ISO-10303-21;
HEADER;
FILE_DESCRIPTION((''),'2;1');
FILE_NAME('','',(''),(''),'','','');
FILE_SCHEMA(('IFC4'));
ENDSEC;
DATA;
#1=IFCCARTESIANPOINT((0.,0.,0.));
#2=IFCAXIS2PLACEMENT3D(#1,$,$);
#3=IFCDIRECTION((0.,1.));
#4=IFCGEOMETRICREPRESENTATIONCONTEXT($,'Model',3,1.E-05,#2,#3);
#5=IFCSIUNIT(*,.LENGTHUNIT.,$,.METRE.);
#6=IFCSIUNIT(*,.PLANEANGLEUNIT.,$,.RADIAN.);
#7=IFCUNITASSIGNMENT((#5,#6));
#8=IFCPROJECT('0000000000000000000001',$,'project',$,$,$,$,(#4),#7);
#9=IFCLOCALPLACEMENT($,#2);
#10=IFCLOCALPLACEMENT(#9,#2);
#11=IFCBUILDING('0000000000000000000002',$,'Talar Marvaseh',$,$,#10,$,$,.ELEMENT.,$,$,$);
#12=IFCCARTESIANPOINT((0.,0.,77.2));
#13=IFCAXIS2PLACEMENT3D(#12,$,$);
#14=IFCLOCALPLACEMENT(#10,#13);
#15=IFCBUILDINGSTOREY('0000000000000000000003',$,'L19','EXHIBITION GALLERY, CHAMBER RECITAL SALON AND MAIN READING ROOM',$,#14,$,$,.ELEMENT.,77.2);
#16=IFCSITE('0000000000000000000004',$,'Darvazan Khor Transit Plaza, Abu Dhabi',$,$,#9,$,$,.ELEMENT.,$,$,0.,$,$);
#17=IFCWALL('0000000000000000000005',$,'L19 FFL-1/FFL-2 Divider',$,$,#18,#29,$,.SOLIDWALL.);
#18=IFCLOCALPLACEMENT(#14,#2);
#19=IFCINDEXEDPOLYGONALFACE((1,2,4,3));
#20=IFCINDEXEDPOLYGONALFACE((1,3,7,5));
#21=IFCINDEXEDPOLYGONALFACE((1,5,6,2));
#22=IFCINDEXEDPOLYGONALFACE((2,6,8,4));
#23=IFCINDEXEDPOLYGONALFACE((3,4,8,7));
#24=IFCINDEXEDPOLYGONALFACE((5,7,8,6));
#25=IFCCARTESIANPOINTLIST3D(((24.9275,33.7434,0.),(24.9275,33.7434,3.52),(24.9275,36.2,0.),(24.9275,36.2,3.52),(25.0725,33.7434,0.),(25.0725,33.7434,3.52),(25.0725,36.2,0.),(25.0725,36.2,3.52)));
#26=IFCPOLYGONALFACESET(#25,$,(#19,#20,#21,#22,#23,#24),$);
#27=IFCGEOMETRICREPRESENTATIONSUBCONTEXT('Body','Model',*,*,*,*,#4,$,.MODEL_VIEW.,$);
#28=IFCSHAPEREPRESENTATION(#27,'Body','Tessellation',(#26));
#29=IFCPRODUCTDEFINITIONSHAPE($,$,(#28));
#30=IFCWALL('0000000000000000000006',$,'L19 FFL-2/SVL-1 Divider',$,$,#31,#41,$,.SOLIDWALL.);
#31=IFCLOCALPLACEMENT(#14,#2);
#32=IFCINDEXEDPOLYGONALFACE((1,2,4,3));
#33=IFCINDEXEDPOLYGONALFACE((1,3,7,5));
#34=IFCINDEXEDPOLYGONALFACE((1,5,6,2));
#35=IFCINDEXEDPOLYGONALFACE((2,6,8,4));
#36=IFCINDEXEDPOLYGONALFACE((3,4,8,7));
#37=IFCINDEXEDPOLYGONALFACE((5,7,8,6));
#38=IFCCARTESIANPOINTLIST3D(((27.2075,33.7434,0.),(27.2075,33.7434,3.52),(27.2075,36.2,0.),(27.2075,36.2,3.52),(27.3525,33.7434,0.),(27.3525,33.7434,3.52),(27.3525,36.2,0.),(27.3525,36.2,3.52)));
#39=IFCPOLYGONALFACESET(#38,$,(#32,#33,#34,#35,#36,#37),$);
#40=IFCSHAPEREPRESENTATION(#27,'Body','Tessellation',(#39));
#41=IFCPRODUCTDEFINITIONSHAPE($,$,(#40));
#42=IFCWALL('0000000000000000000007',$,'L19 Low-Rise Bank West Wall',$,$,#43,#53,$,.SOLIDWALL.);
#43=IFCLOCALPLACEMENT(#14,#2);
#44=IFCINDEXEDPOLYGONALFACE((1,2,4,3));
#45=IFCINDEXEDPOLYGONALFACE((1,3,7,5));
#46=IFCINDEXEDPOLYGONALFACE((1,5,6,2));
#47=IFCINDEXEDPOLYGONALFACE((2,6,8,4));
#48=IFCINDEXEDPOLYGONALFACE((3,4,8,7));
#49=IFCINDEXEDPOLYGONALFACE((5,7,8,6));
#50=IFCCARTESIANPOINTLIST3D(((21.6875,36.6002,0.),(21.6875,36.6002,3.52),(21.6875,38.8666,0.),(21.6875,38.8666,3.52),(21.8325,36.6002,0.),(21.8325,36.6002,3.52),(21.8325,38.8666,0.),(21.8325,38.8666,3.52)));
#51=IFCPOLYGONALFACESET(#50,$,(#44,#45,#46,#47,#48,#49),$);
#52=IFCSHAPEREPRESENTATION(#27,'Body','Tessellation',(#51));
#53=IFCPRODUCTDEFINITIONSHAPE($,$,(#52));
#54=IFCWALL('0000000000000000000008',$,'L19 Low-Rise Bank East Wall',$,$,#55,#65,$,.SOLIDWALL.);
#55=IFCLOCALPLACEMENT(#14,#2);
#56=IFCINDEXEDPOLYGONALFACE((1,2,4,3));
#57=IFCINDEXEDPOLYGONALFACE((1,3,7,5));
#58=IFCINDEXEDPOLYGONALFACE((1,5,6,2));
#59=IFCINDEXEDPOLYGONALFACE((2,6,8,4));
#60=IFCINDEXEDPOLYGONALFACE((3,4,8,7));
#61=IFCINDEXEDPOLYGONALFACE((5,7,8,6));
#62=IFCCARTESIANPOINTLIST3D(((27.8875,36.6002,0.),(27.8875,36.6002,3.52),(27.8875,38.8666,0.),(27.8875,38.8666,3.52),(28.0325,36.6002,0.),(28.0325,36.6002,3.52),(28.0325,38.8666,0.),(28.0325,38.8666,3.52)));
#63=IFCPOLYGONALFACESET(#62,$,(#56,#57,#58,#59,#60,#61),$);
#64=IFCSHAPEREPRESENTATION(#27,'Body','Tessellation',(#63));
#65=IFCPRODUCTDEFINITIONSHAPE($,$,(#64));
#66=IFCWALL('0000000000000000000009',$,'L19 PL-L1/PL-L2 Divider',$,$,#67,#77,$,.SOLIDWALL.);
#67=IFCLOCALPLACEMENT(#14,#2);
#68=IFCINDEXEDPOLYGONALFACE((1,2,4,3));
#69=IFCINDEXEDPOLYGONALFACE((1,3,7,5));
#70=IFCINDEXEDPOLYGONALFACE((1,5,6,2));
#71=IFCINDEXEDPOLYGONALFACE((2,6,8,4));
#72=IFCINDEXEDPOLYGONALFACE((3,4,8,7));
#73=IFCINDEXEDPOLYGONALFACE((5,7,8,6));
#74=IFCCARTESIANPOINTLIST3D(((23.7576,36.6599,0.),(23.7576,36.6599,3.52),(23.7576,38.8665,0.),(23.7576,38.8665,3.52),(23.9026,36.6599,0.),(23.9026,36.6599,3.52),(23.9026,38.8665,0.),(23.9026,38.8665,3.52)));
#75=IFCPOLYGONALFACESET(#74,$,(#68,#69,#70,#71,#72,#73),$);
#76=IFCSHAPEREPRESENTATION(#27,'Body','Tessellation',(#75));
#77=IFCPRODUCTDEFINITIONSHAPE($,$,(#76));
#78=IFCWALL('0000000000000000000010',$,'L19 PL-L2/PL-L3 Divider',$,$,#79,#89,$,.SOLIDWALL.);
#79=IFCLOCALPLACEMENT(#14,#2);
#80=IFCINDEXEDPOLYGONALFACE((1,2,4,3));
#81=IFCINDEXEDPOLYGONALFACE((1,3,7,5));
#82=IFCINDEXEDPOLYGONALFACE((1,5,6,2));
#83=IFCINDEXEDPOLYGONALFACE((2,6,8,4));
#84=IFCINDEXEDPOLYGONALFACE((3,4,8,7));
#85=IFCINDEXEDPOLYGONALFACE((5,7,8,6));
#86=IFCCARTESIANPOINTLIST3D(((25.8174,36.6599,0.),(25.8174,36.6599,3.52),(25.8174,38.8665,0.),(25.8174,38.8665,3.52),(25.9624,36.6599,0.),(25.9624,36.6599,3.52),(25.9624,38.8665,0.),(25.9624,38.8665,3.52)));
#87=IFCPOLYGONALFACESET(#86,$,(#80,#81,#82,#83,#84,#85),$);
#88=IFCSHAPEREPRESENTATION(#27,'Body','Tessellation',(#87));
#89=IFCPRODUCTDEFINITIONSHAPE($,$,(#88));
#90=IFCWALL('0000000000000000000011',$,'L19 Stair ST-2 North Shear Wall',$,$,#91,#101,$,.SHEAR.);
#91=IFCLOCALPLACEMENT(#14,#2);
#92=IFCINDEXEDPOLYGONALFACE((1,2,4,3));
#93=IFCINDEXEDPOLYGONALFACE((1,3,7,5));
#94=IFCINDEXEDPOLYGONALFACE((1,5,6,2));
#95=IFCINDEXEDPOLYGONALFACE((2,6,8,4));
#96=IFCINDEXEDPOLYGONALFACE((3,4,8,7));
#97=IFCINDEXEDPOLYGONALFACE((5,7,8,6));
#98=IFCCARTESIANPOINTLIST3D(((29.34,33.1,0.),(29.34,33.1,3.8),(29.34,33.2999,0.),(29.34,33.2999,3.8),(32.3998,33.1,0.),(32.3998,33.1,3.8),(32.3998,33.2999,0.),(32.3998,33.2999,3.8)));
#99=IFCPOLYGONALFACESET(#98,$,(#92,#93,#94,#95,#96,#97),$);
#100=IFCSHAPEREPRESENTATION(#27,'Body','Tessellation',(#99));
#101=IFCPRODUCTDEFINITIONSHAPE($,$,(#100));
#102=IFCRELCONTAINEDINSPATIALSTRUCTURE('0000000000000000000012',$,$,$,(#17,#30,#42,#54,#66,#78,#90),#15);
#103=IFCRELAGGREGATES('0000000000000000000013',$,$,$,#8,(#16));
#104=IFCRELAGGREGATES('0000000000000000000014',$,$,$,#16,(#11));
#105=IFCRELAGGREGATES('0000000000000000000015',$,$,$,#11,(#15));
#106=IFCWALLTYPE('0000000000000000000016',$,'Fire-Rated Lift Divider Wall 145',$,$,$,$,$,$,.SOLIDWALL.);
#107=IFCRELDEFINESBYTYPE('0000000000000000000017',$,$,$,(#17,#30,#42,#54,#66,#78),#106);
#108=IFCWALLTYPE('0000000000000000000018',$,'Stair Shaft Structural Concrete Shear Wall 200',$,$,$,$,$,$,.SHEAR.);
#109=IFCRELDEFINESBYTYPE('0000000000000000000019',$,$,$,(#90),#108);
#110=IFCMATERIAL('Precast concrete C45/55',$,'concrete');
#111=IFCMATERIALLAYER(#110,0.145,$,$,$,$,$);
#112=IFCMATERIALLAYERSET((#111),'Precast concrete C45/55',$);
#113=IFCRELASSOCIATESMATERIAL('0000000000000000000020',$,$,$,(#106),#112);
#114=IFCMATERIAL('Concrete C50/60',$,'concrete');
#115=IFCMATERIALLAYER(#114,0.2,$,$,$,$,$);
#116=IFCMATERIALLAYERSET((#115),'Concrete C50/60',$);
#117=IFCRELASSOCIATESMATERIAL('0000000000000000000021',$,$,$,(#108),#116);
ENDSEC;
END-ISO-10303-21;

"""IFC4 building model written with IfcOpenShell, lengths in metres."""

from ifc_helpers import new_model, si_unit, direction, frame, frame_2d, origin, place, context, subcontext, project, spatial, rectangle, extrude, material, layer, layer_set, type_object, element, save


model = new_model("IFC4")

# Units and contexts
model_context = context("Model", 3, precision=1e-05, world=origin(), true_north=direction((0.0, 1.0)))
body_context = subcontext(model_context, "Body", "Model", "MODEL_VIEW")
ifc_project = project(units=[si_unit("LENGTHUNIT", "METRE"), si_unit("PLANEANGLEUNIT", "RADIAN")], contexts=[model_context])

# Site, building, storey
site_placement = place(None, origin())
site = spatial("IfcSite", under=ifc_project, at=site_placement, Name="Darvazan Khor Transit Plaza, Abu Dhabi", CompositionType="ELEMENT", RefElevation=0.0)
building_placement = place(site_placement, origin())
building = spatial("IfcBuilding", under=site, at=building_placement, Name="Talar Marvaseh", CompositionType="ELEMENT")
storey_placement = place(building_placement, frame((0.0, 0.0, 77.2)))
storey = spatial("IfcBuildingStorey", under=building, at=storey_placement, Name="L19", Description="EXHIBITION GALLERY, CHAMBER RECITAL SALON AND MAIN READING ROOM", CompositionType="ELEMENT", Elevation=77.2)

# Walls
ifc_material_1 = material(Name="Precast concrete C45/55", Category="concrete")
ifc_layer_1 = layer(ifc_material_1, 0.145)
ifc_layer_set_1 = layer_set([ifc_layer_1], Name="Precast concrete C45/55")
wall_type_1 = type_object("IfcWallType", Name="Fire-Rated Lift Divider Wall 145", PredefinedType="SOLIDWALL", material=ifc_layer_set_1)
for number, where, z_axis, x_axis, name in (
    (1, (25.0, 33.7434, 0.0), (0.0, 0.0, 1.0), (0.0, 1.0, 0.0), "L19 FFL-1/FFL-2 Divider"),
    (2, (27.28, 33.7434, 0.0), (0.0, 0.0, 1.0), (0.0, 1.0, 0.0), "L19 FFL-2/SVL-1 Divider"),
):
    element("IfcWall", number, at=place(storey_placement, frame(where, z_axis=z_axis, x_axis=x_axis)), inside=storey, type_object=wall_type_1, Name=name, PredefinedType="SOLIDWALL", context=body_context, shape_type="SweptSolid", body=[
        extrude(rectangle(XDim=2.4565, YDim=0.145, at=frame_2d((1.2283, 0.0))), origin(), (0.0, 0.0, 1.0), 3.52),
    ])
for number, where, z_axis, x_axis, name in (
    (3, (21.76, 36.6001, 0.0), (0.0, 0.0, 1.0), (0.0, 1.0, 0.0), "L19 Low-Rise Bank West Wall"),
    (4, (27.96, 36.6001, 0.0), (0.0, 0.0, 1.0), (0.0, 1.0, 0.0), "L19 Low-Rise Bank East Wall"),
):
    element("IfcWall", number, at=place(storey_placement, frame(where, z_axis=z_axis, x_axis=x_axis)), inside=storey, type_object=wall_type_1, Name=name, PredefinedType="SOLIDWALL", context=body_context, shape_type="SweptSolid", body=[
        extrude(rectangle(XDim=2.2664, YDim=0.145, at=frame_2d((1.1333, 0.0))), origin(), (0.0, 0.0, 1.0), 3.52),
    ])
for number, where, z_axis, x_axis, name in (
    (5, (23.8301, 36.6599, 0.0), (0.0, 0.0, 1.0), (0.0, 1.0, 0.0), "L19 PL-L1/PL-L2 Divider"),
    (6, (25.8899, 36.6599, 0.0), (0.0, 0.0, 1.0), (0.0, 1.0, 0.0), "L19 PL-L2/PL-L3 Divider"),
):
    element("IfcWall", number, at=place(storey_placement, frame(where, z_axis=z_axis, x_axis=x_axis)), inside=storey, type_object=wall_type_1, Name=name, PredefinedType="SOLIDWALL", context=body_context, shape_type="SweptSolid", body=[
        extrude(rectangle(XDim=2.2065, YDim=0.145, at=frame_2d((1.1033, 0.0))), origin(), (0.0, 0.0, 1.0), 3.52),
    ])

# Wall
ifc_material_2 = material(Name="Concrete C50/60", Category="concrete")
ifc_layer_2 = layer(ifc_material_2, 0.2)
ifc_layer_set_2 = layer_set([ifc_layer_2], Name="Concrete C50/60")
wall_type_2 = type_object("IfcWallType", Name="Stair Shaft Structural Concrete Shear Wall 200", PredefinedType="SHEAR", material=ifc_layer_set_2)
wall_1_placement = place(storey_placement, frame((29.3401, 33.2, 0.0), z_axis=(0.0, 0.0, 1.0), x_axis=(1.0, 0.0, 0.0)))
element("IfcWall", 7, at=wall_1_placement, inside=storey, type_object=wall_type_2, Name="L19 Stair ST-2 North Shear Wall", PredefinedType="SHEAR", context=body_context, shape_type="SweptSolid", body=[
    extrude(rectangle(XDim=3.0598, YDim=0.2, at=frame_2d((1.5298, 0.0))), origin(), (0.0, 0.0, 1.0), 3.8),
])

save(model, "model.ifc")
